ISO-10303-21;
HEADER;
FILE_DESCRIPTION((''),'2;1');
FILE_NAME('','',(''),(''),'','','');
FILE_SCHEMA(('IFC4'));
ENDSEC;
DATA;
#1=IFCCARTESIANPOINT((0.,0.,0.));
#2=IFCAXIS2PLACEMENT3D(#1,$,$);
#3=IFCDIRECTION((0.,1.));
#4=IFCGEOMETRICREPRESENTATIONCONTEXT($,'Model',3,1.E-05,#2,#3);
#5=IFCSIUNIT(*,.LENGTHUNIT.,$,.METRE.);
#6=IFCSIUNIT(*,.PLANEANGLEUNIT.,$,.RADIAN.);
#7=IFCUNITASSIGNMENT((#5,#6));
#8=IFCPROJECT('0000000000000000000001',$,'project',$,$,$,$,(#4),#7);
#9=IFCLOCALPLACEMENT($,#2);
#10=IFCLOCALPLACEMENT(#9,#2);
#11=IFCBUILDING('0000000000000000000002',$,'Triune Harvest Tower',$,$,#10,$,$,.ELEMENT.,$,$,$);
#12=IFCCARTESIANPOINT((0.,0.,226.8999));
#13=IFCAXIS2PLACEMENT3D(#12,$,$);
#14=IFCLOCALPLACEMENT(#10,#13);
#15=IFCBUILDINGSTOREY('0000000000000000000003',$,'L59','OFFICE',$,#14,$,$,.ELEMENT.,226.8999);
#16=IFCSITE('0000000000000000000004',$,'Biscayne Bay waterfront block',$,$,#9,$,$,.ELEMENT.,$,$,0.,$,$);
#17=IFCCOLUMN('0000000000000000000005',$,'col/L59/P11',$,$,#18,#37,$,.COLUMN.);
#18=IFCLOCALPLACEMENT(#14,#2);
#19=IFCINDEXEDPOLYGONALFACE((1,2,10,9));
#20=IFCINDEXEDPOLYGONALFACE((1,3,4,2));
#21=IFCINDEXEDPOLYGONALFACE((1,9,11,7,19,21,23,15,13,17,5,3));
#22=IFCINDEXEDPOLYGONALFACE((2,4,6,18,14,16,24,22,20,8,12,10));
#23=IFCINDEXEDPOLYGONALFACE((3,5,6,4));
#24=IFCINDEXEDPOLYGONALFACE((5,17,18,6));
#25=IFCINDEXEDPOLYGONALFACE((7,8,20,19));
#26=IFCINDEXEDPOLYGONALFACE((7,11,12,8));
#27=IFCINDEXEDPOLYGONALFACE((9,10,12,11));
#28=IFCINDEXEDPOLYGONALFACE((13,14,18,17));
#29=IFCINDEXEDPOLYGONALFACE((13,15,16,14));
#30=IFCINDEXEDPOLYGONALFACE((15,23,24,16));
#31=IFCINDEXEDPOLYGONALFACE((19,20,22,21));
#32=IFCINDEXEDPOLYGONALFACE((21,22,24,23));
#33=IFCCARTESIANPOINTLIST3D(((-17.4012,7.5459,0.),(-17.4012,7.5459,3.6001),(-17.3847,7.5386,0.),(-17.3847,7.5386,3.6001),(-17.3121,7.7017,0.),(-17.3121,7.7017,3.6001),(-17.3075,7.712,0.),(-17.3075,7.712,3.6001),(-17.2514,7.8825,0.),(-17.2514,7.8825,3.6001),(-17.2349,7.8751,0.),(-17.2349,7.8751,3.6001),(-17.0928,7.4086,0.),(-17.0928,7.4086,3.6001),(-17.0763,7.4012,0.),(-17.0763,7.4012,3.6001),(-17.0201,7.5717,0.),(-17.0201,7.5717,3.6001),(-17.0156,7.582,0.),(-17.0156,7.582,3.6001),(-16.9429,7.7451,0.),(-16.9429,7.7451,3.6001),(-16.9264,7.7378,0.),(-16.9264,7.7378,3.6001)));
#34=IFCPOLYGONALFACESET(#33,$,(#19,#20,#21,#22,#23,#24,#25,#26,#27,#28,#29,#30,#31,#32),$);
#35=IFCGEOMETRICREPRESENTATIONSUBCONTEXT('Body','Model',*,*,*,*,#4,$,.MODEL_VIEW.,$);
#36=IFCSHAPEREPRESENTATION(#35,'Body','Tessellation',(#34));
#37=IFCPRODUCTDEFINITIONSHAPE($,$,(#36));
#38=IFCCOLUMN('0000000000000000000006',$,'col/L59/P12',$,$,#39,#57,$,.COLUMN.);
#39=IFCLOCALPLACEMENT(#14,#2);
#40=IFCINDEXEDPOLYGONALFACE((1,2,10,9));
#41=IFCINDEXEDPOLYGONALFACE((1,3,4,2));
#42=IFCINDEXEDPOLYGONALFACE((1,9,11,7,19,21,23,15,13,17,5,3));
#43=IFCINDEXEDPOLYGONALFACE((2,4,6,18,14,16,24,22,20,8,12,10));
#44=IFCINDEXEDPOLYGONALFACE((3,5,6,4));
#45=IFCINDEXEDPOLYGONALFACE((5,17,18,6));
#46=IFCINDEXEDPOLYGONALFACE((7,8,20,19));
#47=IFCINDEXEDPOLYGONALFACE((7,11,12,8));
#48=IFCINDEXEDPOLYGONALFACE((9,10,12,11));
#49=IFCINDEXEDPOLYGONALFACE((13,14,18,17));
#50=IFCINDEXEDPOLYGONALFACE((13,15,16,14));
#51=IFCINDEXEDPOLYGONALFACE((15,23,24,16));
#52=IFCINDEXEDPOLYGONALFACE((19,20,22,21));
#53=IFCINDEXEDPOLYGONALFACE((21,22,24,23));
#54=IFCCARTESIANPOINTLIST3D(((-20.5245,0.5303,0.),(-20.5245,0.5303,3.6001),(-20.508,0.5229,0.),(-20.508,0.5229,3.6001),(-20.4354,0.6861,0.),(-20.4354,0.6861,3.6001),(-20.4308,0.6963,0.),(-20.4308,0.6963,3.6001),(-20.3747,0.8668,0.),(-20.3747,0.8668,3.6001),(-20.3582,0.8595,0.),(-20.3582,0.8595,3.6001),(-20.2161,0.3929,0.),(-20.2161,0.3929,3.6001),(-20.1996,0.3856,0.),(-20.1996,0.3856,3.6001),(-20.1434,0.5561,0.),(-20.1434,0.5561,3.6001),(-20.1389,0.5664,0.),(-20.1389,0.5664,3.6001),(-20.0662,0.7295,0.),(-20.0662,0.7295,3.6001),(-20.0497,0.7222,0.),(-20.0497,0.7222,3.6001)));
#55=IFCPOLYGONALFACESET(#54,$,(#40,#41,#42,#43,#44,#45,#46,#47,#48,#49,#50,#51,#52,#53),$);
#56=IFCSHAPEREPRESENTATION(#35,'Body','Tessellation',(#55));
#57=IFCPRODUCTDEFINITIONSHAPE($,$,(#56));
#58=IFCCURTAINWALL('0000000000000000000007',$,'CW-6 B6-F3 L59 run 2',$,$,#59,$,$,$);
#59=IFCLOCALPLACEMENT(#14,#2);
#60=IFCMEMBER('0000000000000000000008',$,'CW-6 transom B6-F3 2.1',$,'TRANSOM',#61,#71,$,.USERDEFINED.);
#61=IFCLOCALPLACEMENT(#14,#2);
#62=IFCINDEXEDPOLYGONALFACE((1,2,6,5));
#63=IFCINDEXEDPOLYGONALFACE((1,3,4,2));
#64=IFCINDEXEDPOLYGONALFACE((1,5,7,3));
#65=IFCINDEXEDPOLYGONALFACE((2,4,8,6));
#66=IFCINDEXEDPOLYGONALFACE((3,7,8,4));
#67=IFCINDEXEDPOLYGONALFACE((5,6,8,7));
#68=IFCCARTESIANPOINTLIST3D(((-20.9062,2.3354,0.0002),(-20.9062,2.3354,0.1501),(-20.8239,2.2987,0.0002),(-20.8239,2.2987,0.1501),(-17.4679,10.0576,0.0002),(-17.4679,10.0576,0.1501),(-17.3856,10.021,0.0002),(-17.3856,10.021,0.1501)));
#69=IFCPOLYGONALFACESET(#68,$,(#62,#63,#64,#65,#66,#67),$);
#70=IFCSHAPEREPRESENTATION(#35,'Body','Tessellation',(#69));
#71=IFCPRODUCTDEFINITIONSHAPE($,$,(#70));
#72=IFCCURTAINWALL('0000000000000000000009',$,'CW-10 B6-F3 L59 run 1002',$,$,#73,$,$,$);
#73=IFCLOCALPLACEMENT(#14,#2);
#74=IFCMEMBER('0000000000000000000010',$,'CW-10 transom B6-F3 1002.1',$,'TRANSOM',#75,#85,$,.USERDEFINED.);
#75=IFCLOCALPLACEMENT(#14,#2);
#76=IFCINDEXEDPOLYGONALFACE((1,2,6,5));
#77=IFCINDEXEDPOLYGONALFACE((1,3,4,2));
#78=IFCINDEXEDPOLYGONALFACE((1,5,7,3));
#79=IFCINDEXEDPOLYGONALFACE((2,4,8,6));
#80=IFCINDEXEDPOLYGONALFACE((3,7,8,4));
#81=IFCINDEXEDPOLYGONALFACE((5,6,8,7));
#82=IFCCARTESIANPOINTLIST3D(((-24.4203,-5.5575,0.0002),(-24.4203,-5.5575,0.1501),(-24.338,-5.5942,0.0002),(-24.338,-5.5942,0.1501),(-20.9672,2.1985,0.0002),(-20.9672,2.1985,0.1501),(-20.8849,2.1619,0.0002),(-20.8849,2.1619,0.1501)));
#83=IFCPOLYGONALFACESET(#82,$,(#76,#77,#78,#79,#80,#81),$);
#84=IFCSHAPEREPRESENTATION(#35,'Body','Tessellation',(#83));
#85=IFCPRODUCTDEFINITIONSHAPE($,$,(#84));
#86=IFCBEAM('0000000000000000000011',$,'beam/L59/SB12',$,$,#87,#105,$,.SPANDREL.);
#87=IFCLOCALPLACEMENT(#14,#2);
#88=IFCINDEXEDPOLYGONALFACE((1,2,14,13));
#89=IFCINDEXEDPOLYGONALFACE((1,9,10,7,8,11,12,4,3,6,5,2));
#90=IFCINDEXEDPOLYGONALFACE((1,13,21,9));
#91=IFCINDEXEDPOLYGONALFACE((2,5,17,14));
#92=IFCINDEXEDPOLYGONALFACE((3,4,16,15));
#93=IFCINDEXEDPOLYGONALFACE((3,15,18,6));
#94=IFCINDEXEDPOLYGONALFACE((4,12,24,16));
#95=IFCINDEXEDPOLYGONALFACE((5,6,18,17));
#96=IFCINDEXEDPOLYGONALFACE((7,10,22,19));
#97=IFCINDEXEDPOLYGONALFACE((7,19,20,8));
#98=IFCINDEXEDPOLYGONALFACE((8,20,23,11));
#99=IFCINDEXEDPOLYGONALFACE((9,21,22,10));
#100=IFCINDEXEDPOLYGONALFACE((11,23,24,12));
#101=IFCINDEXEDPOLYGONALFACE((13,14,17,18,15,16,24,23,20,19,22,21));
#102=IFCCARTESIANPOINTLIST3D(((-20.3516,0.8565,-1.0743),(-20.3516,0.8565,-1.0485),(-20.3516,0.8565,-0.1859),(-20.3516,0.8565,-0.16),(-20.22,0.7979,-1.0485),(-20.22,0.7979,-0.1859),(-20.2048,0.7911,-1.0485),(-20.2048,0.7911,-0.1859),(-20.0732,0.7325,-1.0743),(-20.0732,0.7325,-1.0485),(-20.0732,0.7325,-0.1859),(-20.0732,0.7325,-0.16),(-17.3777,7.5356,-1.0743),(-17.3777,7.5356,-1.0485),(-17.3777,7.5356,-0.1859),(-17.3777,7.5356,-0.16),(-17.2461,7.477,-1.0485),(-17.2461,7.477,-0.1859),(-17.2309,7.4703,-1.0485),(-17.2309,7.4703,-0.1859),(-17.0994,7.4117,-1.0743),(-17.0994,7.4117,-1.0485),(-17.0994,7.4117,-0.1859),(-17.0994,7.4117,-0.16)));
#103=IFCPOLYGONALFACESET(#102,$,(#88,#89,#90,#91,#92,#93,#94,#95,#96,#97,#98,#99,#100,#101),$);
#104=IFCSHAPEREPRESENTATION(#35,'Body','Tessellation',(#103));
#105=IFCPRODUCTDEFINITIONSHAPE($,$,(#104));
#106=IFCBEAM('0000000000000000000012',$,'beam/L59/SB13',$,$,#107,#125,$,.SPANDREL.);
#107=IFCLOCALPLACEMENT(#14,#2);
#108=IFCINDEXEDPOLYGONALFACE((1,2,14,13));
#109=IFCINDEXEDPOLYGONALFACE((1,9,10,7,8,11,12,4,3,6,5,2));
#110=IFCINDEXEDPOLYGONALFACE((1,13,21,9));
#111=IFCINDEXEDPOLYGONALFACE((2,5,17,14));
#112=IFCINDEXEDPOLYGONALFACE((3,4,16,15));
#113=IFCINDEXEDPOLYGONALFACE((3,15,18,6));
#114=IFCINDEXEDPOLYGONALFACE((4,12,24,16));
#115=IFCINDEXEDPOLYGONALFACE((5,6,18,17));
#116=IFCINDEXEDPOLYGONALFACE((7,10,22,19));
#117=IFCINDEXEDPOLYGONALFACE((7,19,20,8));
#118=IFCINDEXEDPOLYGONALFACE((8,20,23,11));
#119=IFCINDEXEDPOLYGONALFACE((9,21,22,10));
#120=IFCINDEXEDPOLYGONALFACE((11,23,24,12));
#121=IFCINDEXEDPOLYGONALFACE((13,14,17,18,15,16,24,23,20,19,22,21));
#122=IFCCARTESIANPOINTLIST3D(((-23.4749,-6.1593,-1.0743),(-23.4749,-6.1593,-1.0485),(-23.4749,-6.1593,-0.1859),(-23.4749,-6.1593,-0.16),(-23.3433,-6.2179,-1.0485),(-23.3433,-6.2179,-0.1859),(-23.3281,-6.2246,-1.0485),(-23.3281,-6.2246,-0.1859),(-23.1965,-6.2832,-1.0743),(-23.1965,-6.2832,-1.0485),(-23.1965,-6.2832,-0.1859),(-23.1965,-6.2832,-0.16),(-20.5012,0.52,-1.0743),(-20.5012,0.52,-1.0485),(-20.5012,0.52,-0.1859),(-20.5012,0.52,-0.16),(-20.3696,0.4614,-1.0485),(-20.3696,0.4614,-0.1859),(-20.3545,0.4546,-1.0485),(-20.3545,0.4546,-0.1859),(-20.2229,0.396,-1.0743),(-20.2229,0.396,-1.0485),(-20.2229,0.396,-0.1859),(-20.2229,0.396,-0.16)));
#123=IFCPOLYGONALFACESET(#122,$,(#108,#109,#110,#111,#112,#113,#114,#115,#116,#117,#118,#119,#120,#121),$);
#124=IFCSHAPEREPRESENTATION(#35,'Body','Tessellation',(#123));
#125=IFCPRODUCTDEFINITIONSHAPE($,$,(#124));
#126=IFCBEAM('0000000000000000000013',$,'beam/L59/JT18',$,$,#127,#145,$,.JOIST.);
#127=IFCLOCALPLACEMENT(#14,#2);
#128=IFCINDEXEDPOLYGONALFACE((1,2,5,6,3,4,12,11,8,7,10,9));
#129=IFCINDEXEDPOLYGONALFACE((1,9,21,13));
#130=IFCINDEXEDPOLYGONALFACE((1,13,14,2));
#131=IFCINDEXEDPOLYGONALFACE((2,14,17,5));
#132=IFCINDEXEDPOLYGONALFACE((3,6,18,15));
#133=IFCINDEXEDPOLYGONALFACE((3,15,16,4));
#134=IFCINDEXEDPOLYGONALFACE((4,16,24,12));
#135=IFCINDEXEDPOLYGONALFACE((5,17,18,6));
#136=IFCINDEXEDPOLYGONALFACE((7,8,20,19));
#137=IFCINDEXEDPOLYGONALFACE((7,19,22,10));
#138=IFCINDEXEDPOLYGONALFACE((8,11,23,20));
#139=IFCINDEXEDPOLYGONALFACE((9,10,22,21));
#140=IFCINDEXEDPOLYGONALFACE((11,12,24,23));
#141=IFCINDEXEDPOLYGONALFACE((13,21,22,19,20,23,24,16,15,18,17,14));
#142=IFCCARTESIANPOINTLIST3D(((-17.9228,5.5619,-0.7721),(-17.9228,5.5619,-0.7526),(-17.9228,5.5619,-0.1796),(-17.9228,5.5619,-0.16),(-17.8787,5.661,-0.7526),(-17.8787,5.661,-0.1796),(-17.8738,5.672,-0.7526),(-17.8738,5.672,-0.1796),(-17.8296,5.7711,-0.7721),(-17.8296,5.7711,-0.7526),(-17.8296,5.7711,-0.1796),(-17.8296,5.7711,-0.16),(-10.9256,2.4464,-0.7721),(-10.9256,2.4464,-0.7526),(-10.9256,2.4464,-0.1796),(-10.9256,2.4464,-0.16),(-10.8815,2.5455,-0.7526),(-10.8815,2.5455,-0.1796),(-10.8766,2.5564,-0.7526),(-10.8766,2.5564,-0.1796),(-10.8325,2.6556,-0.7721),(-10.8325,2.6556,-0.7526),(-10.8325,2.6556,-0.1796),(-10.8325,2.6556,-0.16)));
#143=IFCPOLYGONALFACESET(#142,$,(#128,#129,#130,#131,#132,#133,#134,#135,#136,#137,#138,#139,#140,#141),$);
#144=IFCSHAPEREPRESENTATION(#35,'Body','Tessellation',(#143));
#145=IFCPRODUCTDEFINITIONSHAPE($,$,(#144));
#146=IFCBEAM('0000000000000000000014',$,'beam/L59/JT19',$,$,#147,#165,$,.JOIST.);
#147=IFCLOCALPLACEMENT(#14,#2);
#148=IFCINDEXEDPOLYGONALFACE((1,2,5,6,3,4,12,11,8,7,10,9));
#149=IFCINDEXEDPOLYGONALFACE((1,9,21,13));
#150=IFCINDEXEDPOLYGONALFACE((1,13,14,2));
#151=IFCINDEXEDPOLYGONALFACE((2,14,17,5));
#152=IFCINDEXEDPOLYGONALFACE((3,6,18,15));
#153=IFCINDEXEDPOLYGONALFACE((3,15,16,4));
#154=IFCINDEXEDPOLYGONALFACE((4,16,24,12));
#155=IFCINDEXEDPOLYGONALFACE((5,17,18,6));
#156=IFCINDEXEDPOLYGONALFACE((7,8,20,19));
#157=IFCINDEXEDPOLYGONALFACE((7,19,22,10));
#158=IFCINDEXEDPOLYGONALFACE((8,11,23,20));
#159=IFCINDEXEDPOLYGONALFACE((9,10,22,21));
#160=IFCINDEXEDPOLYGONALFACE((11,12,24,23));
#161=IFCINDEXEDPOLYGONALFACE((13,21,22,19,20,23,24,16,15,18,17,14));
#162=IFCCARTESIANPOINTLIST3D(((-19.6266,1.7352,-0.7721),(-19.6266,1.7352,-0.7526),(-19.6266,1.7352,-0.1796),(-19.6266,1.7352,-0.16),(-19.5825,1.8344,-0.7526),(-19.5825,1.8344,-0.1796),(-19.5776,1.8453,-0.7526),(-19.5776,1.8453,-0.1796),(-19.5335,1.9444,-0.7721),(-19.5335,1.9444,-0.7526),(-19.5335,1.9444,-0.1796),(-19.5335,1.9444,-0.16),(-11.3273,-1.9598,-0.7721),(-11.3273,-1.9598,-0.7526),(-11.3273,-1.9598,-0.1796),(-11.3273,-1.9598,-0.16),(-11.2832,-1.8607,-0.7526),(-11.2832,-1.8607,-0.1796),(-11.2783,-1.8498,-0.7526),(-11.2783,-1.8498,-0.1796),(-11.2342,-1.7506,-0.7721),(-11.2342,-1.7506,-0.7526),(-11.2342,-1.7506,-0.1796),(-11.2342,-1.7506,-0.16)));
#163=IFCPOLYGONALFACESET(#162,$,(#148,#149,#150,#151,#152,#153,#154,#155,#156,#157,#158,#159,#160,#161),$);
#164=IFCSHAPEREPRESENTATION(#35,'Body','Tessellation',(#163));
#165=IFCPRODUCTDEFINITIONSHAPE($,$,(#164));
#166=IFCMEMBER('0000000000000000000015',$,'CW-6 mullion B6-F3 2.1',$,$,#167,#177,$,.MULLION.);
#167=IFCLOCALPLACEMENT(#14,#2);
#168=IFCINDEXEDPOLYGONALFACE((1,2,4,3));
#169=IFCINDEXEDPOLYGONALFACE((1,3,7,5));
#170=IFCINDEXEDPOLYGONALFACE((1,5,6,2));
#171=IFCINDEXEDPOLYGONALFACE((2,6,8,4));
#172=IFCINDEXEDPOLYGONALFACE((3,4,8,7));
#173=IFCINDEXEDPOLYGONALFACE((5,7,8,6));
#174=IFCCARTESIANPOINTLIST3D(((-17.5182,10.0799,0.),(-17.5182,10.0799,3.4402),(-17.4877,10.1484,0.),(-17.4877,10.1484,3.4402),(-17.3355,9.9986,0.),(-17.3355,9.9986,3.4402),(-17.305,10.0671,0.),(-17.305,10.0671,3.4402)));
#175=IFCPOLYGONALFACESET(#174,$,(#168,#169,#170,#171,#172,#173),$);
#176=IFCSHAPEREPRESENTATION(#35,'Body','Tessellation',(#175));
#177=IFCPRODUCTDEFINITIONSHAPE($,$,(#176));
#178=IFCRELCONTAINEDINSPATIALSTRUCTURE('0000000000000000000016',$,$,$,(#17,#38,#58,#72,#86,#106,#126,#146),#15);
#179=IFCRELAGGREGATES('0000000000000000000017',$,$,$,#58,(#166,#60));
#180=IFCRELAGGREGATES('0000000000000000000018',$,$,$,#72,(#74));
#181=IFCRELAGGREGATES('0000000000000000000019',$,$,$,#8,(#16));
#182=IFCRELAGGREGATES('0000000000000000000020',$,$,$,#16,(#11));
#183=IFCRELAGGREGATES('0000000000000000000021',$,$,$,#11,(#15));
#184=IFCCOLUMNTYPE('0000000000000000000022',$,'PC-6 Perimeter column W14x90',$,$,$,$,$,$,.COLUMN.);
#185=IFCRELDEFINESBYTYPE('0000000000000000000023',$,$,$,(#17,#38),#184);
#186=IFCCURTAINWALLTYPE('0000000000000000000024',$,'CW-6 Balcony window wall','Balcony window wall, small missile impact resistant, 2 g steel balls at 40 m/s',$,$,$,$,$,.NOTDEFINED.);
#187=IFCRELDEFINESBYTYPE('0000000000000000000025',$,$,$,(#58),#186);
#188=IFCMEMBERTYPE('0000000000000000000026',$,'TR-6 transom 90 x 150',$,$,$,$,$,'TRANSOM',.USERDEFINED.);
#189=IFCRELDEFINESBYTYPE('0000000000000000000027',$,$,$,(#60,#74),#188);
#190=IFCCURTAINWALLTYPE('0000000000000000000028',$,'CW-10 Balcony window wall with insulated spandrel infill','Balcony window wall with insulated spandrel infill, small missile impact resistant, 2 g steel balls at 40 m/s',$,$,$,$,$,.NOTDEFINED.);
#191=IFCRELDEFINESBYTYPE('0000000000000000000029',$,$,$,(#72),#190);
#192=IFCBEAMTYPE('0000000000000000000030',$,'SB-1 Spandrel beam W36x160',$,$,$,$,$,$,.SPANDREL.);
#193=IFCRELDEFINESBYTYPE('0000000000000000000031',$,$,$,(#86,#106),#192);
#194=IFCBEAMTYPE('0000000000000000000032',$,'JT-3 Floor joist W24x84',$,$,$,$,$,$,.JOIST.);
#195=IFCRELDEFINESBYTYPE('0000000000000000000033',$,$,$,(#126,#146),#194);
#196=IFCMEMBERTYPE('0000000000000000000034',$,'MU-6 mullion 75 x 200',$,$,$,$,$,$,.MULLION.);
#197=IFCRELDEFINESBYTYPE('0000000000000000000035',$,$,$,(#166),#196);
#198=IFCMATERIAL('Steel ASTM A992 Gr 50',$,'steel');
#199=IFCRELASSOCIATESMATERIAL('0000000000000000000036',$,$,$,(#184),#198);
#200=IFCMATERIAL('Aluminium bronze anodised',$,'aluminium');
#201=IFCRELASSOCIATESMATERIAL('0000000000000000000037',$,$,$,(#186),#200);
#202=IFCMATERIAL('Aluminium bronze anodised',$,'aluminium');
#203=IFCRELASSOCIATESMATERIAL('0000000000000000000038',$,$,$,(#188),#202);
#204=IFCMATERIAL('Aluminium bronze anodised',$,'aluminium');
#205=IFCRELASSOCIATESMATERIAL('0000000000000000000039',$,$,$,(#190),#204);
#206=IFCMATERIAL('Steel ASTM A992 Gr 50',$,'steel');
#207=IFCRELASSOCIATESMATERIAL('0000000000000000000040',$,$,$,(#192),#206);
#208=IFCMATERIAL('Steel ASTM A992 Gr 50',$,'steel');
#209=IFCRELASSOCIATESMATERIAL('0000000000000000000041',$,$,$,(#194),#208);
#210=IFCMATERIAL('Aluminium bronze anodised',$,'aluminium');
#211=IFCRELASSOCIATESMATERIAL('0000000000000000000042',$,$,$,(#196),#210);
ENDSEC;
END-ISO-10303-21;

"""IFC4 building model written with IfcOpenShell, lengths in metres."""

from ifc_helpers import new_model, si_unit, direction, frame, origin, origin_2d, place, context, subcontext, project, spatial, rectangle, i_section, extrude, source, transform, mapped, material, material_profile, profile_set, type_object, element, aggregate, save


model = new_model("IFC4")

# Units and contexts
model_context = context("Model", 3, precision=1e-05, world=origin(), true_north=direction((0.0, 1.0)))
body_context = subcontext(model_context, "Body", "Model", "MODEL_VIEW")
ifc_project = project(units=[si_unit("LENGTHUNIT", "METRE"), si_unit("PLANEANGLEUNIT", "RADIAN")], contexts=[model_context])

# Site, building, storey
site_placement = place(None, origin())
site = spatial("IfcSite", under=ifc_project, at=site_placement, Name="Biscayne Bay waterfront block", CompositionType="ELEMENT", RefElevation=0.0)
building_placement = place(site_placement, origin())
building = spatial("IfcBuilding", under=site, at=building_placement, Name="Triune Harvest Tower", CompositionType="ELEMENT")
storey_placement = place(building_placement, frame((0.0, 0.0, 226.8999)))
storey = spatial("IfcBuildingStorey", under=building, at=storey_placement, Name="L59", Description="OFFICE", CompositionType="ELEMENT", Elevation=226.8999)

# Columns
ifc_material_1 = material(Name="Steel ASTM A992 Gr 50", Category="steel")
ifc_material_profile_1 = material_profile(ifc_material_1, i_section(OverallWidth=0.3684, OverallDepth=0.3557, WebThickness=0.0112, FlangeThickness=0.0181, at=origin_2d()), Name="W14x90")
ifc_profile_set_1 = profile_set([ifc_material_profile_1], Name="Steel ASTM A992 Gr 50")
column_type = type_object("IfcColumnType", Name="PC-6 Perimeter column W14x90", PredefinedType="COLUMN", material=ifc_profile_set_1)
shared_shape_1 = source(origin(), body_context, "Body", "SweptSolid", [
    extrude(i_section(OverallWidth=0.3684, OverallDepth=0.3557, WebThickness=0.0112, FlangeThickness=0.0181, at=origin_2d()), origin(), (0.0, 0.0, 1.0), 3.6001),
])
for number, where, z_axis, x_axis, name in (
    (1, (-17.1638, 7.6418, 0.0), (0.0, 0.0, 1.0), (-0.406738, -0.913545, 0.0), "col/L59/P11"),
    (2, (-20.2871, 0.6262, 0.0), (0.0, 0.0, 1.0), (-0.406738, -0.913545, 0.0), "col/L59/P12"),
):
    element("IfcColumn", number, at=place(storey_placement, frame(where, z_axis=z_axis, x_axis=x_axis)), inside=storey, type_object=column_type, Name=name, PredefinedType="COLUMN", context=body_context, shape_type="MappedRepresentation", body=[
        mapped(shared_shape_1, transform((0.0, 0.0, 0.0), scale=1.0)),
    ])

# Curtain walls, members
ifc_material_2 = material(Name="Aluminium bronze anodised", Category="aluminium")
curtain_wall_type_1 = type_object("IfcCurtainWallType", Name="CW-6 Balcony window wall", Description="Balcony window wall, small missile impact resistant, 2 g steel balls at 40 m/s", PredefinedType="NOTDEFINED", material=ifc_material_2)
curtain_wall_1_placement = place(storey_placement, origin())
curtain_wall_1 = element("IfcCurtainWall", 3, at=curtain_wall_1_placement, inside=storey, type_object=curtain_wall_type_1, Name="CW-6 B6-F3 L59 run 2")
ifc_material_3 = material(Name="Aluminium bronze anodised", Category="aluminium")
ifc_material_profile_2 = material_profile(ifc_material_3, rectangle(XDim=0.0901, YDim=0.1499, at=origin_2d()), Name="TR-6 transom 90 x 150")
ifc_profile_set_2 = profile_set([ifc_material_profile_2], Name="Aluminium bronze anodised")
member_type_1 = type_object("IfcMemberType", Name="TR-6 transom 90 x 150", ElementType="TRANSOM", PredefinedType="USERDEFINED", material=ifc_profile_set_2)
member_1_placement = place(storey_placement, frame((-17.4268, 10.0393, 0.0752), z_axis=(-0.406747, -0.913541, 0.0), x_axis=(0.913541, -0.406747, 0.0)))
member_1 = element("IfcMember", 4, at=member_1_placement, type_object=member_type_1, Name="CW-6 transom B6-F3 2.1", ObjectType="TRANSOM", PredefinedType="USERDEFINED", context=body_context, shape_type="SweptSolid", body=[
    extrude(rectangle(XDim=0.0901, YDim=0.1499, at=origin_2d()), origin(), (0.0, 0.0, 1.0), 8.4531),
])
ifc_material_4 = material(Name="Aluminium bronze anodised", Category="aluminium")
curtain_wall_type_2 = type_object("IfcCurtainWallType", Name="CW-10 Balcony window wall with insulated spandrel infill", Description="Balcony window wall with insulated spandrel infill, small missile impact resistant, 2 g steel balls at 40 m/s", PredefinedType="NOTDEFINED", material=ifc_material_4)
curtain_wall_2_placement = place(storey_placement, origin())
curtain_wall_2 = element("IfcCurtainWall", 5, at=curtain_wall_2_placement, inside=storey, type_object=curtain_wall_type_2, Name="CW-10 B6-F3 L59 run 1002")
member_2_placement = place(storey_placement, frame((-20.926, 2.1802, 0.0752), z_axis=(-0.406725, -0.91355, 0.0), x_axis=(0.91355, -0.406725, 0.0)))
member_2 = element("IfcMember", 6, at=member_2_placement, type_object=member_type_1, Name="CW-10 transom B6-F3 1002.1", ObjectType="TRANSOM", PredefinedType="USERDEFINED", context=body_context, shape_type="SweptSolid", body=[
    extrude(rectangle(XDim=0.0901, YDim=0.1499, at=origin_2d()), origin(), (0.0, 0.0, 1.0), 8.49),
])

# Beams
ifc_material_5 = material(Name="Steel ASTM A992 Gr 50", Category="steel")
ifc_material_profile_3 = material_profile(ifc_material_5, i_section(OverallWidth=0.3047, OverallDepth=0.9143, WebThickness=0.0166, FlangeThickness=0.0259, at=origin_2d()), Name="W36x160")
ifc_profile_set_3 = profile_set([ifc_material_profile_3], Name="Steel ASTM A992 Gr 50")
beam_type_1 = type_object("IfcBeamType", Name="SB-1 Spandrel beam W36x160", PredefinedType="SPANDREL", material=ifc_profile_set_3)
shared_shape_2 = source(origin(), body_context, "Body", "SweptSolid", [
    extrude(i_section(OverallWidth=0.3047, OverallDepth=0.9143, WebThickness=0.0166, FlangeThickness=0.0259, at=origin_2d()), origin(), (0.0, 0.0, 1.0), 7.3113),
])
for number, where, z_axis, x_axis, name in (
    (7, (-17.2385, 7.4736, -0.6172), (-0.406749, -0.91354, 0.0), (0.91354, -0.406749, 0.0), "beam/L59/SB12"),
    (8, (-20.3621, 0.458, -0.6172), (-0.406721, -0.913552, 0.0), (0.913552, -0.406721, 0.0), "beam/L59/SB13"),
):
    element("IfcBeam", number, at=place(storey_placement, frame(where, z_axis=z_axis, x_axis=x_axis)), inside=storey, type_object=beam_type_1, Name=name, PredefinedType="SPANDREL", context=body_context, shape_type="MappedRepresentation", body=[
        mapped(shared_shape_2, transform((0.0, 0.0, 0.0), scale=1.0)),
    ])
ifc_material_6 = material(Name="Steel ASTM A992 Gr 50", Category="steel")
ifc_material_profile_4 = material_profile(ifc_material_6, i_section(OverallWidth=0.229, OverallDepth=0.6121, WebThickness=0.012, FlangeThickness=0.0195, at=origin_2d()), Name="W24x84")
ifc_profile_set_4 = profile_set([ifc_material_profile_4], Name="Steel ASTM A992 Gr 50")
beam_type_2 = type_object("IfcBeamType", Name="JT-3 Floor joist W24x84", PredefinedType="JOIST", material=ifc_profile_set_4)
shared_shape_3 = source(origin(), body_context, "Body", "SweptSolid", [
    extrude(i_section(OverallWidth=0.229, OverallDepth=0.6121, WebThickness=0.012, FlangeThickness=0.0195, at=origin_2d()), origin(), (0.0, 0.0, 1.0), 7.6594),
])
beam_1_placement = place(storey_placement, frame((-17.8762, 5.6665, -0.4661), z_axis=(0.913537, -0.406756, 0.0), x_axis=(0.406756, 0.913537, 0.0)))
element("IfcBeam", 9, at=beam_1_placement, inside=storey, type_object=beam_type_2, Name="beam/L59/JT18", PredefinedType="JOIST", context=body_context, shape_type="MappedRepresentation", body=[
    mapped(shared_shape_3, transform((0.0, 0.0, 0.0), scale=1.0)),
])
shared_shape_4 = source(origin(), body_context, "Body", "SweptSolid", [
    extrude(i_section(OverallWidth=0.229, OverallDepth=0.6121, WebThickness=0.012, FlangeThickness=0.0195, at=origin_2d()), origin(), (0.0, 0.0, 1.0), 9.0847),
])
beam_2_placement = place(storey_placement, frame((-19.5801, 1.8398, -0.4661), z_axis=(0.913546, -0.406734, 0.0), x_axis=(0.406734, 0.913546, 0.0)))
element("IfcBeam", 10, at=beam_2_placement, inside=storey, type_object=beam_type_2, Name="beam/L59/JT19", PredefinedType="JOIST", context=body_context, shape_type="MappedRepresentation", body=[
    mapped(shared_shape_4, transform((0.0, 0.0, 0.0), scale=1.0)),
])

# Member
ifc_material_7 = material(Name="Aluminium bronze anodised", Category="aluminium")
ifc_material_profile_5 = material_profile(ifc_material_7, rectangle(XDim=0.2, YDim=0.075, at=origin_2d()), Name="MU-6 mullion 75 x 200")
ifc_profile_set_5 = profile_set([ifc_material_profile_5], Name="Aluminium bronze anodised")
member_type_2 = type_object("IfcMemberType", Name="MU-6 mullion 75 x 200", PredefinedType="MULLION", material=ifc_profile_set_5)
shared_shape_5 = source(origin(), body_context, "Body", "SweptSolid", [
    extrude(rectangle(XDim=0.2, YDim=0.075, at=origin_2d()), origin(), (0.0, 0.0, 1.0), 3.4402),
])
member_3_placement = place(storey_placement, frame((-17.4116, 10.0735, 0.0), z_axis=(0.0, 0.0, 1.0), x_axis=(0.913544, -0.406741, 0.0)))
member_3 = element("IfcMember", 11, at=member_3_placement, type_object=member_type_2, Name="CW-6 mullion B6-F3 2.1", PredefinedType="MULLION", context=body_context, shape_type="MappedRepresentation", body=[
    mapped(shared_shape_5, transform((0.0, 0.0, 0.0), scale=1.0)),
])

aggregate(curtain_wall_1, [member_3, member_1])
aggregate(curtain_wall_2, [member_2])

save(model, "model.ifc")
